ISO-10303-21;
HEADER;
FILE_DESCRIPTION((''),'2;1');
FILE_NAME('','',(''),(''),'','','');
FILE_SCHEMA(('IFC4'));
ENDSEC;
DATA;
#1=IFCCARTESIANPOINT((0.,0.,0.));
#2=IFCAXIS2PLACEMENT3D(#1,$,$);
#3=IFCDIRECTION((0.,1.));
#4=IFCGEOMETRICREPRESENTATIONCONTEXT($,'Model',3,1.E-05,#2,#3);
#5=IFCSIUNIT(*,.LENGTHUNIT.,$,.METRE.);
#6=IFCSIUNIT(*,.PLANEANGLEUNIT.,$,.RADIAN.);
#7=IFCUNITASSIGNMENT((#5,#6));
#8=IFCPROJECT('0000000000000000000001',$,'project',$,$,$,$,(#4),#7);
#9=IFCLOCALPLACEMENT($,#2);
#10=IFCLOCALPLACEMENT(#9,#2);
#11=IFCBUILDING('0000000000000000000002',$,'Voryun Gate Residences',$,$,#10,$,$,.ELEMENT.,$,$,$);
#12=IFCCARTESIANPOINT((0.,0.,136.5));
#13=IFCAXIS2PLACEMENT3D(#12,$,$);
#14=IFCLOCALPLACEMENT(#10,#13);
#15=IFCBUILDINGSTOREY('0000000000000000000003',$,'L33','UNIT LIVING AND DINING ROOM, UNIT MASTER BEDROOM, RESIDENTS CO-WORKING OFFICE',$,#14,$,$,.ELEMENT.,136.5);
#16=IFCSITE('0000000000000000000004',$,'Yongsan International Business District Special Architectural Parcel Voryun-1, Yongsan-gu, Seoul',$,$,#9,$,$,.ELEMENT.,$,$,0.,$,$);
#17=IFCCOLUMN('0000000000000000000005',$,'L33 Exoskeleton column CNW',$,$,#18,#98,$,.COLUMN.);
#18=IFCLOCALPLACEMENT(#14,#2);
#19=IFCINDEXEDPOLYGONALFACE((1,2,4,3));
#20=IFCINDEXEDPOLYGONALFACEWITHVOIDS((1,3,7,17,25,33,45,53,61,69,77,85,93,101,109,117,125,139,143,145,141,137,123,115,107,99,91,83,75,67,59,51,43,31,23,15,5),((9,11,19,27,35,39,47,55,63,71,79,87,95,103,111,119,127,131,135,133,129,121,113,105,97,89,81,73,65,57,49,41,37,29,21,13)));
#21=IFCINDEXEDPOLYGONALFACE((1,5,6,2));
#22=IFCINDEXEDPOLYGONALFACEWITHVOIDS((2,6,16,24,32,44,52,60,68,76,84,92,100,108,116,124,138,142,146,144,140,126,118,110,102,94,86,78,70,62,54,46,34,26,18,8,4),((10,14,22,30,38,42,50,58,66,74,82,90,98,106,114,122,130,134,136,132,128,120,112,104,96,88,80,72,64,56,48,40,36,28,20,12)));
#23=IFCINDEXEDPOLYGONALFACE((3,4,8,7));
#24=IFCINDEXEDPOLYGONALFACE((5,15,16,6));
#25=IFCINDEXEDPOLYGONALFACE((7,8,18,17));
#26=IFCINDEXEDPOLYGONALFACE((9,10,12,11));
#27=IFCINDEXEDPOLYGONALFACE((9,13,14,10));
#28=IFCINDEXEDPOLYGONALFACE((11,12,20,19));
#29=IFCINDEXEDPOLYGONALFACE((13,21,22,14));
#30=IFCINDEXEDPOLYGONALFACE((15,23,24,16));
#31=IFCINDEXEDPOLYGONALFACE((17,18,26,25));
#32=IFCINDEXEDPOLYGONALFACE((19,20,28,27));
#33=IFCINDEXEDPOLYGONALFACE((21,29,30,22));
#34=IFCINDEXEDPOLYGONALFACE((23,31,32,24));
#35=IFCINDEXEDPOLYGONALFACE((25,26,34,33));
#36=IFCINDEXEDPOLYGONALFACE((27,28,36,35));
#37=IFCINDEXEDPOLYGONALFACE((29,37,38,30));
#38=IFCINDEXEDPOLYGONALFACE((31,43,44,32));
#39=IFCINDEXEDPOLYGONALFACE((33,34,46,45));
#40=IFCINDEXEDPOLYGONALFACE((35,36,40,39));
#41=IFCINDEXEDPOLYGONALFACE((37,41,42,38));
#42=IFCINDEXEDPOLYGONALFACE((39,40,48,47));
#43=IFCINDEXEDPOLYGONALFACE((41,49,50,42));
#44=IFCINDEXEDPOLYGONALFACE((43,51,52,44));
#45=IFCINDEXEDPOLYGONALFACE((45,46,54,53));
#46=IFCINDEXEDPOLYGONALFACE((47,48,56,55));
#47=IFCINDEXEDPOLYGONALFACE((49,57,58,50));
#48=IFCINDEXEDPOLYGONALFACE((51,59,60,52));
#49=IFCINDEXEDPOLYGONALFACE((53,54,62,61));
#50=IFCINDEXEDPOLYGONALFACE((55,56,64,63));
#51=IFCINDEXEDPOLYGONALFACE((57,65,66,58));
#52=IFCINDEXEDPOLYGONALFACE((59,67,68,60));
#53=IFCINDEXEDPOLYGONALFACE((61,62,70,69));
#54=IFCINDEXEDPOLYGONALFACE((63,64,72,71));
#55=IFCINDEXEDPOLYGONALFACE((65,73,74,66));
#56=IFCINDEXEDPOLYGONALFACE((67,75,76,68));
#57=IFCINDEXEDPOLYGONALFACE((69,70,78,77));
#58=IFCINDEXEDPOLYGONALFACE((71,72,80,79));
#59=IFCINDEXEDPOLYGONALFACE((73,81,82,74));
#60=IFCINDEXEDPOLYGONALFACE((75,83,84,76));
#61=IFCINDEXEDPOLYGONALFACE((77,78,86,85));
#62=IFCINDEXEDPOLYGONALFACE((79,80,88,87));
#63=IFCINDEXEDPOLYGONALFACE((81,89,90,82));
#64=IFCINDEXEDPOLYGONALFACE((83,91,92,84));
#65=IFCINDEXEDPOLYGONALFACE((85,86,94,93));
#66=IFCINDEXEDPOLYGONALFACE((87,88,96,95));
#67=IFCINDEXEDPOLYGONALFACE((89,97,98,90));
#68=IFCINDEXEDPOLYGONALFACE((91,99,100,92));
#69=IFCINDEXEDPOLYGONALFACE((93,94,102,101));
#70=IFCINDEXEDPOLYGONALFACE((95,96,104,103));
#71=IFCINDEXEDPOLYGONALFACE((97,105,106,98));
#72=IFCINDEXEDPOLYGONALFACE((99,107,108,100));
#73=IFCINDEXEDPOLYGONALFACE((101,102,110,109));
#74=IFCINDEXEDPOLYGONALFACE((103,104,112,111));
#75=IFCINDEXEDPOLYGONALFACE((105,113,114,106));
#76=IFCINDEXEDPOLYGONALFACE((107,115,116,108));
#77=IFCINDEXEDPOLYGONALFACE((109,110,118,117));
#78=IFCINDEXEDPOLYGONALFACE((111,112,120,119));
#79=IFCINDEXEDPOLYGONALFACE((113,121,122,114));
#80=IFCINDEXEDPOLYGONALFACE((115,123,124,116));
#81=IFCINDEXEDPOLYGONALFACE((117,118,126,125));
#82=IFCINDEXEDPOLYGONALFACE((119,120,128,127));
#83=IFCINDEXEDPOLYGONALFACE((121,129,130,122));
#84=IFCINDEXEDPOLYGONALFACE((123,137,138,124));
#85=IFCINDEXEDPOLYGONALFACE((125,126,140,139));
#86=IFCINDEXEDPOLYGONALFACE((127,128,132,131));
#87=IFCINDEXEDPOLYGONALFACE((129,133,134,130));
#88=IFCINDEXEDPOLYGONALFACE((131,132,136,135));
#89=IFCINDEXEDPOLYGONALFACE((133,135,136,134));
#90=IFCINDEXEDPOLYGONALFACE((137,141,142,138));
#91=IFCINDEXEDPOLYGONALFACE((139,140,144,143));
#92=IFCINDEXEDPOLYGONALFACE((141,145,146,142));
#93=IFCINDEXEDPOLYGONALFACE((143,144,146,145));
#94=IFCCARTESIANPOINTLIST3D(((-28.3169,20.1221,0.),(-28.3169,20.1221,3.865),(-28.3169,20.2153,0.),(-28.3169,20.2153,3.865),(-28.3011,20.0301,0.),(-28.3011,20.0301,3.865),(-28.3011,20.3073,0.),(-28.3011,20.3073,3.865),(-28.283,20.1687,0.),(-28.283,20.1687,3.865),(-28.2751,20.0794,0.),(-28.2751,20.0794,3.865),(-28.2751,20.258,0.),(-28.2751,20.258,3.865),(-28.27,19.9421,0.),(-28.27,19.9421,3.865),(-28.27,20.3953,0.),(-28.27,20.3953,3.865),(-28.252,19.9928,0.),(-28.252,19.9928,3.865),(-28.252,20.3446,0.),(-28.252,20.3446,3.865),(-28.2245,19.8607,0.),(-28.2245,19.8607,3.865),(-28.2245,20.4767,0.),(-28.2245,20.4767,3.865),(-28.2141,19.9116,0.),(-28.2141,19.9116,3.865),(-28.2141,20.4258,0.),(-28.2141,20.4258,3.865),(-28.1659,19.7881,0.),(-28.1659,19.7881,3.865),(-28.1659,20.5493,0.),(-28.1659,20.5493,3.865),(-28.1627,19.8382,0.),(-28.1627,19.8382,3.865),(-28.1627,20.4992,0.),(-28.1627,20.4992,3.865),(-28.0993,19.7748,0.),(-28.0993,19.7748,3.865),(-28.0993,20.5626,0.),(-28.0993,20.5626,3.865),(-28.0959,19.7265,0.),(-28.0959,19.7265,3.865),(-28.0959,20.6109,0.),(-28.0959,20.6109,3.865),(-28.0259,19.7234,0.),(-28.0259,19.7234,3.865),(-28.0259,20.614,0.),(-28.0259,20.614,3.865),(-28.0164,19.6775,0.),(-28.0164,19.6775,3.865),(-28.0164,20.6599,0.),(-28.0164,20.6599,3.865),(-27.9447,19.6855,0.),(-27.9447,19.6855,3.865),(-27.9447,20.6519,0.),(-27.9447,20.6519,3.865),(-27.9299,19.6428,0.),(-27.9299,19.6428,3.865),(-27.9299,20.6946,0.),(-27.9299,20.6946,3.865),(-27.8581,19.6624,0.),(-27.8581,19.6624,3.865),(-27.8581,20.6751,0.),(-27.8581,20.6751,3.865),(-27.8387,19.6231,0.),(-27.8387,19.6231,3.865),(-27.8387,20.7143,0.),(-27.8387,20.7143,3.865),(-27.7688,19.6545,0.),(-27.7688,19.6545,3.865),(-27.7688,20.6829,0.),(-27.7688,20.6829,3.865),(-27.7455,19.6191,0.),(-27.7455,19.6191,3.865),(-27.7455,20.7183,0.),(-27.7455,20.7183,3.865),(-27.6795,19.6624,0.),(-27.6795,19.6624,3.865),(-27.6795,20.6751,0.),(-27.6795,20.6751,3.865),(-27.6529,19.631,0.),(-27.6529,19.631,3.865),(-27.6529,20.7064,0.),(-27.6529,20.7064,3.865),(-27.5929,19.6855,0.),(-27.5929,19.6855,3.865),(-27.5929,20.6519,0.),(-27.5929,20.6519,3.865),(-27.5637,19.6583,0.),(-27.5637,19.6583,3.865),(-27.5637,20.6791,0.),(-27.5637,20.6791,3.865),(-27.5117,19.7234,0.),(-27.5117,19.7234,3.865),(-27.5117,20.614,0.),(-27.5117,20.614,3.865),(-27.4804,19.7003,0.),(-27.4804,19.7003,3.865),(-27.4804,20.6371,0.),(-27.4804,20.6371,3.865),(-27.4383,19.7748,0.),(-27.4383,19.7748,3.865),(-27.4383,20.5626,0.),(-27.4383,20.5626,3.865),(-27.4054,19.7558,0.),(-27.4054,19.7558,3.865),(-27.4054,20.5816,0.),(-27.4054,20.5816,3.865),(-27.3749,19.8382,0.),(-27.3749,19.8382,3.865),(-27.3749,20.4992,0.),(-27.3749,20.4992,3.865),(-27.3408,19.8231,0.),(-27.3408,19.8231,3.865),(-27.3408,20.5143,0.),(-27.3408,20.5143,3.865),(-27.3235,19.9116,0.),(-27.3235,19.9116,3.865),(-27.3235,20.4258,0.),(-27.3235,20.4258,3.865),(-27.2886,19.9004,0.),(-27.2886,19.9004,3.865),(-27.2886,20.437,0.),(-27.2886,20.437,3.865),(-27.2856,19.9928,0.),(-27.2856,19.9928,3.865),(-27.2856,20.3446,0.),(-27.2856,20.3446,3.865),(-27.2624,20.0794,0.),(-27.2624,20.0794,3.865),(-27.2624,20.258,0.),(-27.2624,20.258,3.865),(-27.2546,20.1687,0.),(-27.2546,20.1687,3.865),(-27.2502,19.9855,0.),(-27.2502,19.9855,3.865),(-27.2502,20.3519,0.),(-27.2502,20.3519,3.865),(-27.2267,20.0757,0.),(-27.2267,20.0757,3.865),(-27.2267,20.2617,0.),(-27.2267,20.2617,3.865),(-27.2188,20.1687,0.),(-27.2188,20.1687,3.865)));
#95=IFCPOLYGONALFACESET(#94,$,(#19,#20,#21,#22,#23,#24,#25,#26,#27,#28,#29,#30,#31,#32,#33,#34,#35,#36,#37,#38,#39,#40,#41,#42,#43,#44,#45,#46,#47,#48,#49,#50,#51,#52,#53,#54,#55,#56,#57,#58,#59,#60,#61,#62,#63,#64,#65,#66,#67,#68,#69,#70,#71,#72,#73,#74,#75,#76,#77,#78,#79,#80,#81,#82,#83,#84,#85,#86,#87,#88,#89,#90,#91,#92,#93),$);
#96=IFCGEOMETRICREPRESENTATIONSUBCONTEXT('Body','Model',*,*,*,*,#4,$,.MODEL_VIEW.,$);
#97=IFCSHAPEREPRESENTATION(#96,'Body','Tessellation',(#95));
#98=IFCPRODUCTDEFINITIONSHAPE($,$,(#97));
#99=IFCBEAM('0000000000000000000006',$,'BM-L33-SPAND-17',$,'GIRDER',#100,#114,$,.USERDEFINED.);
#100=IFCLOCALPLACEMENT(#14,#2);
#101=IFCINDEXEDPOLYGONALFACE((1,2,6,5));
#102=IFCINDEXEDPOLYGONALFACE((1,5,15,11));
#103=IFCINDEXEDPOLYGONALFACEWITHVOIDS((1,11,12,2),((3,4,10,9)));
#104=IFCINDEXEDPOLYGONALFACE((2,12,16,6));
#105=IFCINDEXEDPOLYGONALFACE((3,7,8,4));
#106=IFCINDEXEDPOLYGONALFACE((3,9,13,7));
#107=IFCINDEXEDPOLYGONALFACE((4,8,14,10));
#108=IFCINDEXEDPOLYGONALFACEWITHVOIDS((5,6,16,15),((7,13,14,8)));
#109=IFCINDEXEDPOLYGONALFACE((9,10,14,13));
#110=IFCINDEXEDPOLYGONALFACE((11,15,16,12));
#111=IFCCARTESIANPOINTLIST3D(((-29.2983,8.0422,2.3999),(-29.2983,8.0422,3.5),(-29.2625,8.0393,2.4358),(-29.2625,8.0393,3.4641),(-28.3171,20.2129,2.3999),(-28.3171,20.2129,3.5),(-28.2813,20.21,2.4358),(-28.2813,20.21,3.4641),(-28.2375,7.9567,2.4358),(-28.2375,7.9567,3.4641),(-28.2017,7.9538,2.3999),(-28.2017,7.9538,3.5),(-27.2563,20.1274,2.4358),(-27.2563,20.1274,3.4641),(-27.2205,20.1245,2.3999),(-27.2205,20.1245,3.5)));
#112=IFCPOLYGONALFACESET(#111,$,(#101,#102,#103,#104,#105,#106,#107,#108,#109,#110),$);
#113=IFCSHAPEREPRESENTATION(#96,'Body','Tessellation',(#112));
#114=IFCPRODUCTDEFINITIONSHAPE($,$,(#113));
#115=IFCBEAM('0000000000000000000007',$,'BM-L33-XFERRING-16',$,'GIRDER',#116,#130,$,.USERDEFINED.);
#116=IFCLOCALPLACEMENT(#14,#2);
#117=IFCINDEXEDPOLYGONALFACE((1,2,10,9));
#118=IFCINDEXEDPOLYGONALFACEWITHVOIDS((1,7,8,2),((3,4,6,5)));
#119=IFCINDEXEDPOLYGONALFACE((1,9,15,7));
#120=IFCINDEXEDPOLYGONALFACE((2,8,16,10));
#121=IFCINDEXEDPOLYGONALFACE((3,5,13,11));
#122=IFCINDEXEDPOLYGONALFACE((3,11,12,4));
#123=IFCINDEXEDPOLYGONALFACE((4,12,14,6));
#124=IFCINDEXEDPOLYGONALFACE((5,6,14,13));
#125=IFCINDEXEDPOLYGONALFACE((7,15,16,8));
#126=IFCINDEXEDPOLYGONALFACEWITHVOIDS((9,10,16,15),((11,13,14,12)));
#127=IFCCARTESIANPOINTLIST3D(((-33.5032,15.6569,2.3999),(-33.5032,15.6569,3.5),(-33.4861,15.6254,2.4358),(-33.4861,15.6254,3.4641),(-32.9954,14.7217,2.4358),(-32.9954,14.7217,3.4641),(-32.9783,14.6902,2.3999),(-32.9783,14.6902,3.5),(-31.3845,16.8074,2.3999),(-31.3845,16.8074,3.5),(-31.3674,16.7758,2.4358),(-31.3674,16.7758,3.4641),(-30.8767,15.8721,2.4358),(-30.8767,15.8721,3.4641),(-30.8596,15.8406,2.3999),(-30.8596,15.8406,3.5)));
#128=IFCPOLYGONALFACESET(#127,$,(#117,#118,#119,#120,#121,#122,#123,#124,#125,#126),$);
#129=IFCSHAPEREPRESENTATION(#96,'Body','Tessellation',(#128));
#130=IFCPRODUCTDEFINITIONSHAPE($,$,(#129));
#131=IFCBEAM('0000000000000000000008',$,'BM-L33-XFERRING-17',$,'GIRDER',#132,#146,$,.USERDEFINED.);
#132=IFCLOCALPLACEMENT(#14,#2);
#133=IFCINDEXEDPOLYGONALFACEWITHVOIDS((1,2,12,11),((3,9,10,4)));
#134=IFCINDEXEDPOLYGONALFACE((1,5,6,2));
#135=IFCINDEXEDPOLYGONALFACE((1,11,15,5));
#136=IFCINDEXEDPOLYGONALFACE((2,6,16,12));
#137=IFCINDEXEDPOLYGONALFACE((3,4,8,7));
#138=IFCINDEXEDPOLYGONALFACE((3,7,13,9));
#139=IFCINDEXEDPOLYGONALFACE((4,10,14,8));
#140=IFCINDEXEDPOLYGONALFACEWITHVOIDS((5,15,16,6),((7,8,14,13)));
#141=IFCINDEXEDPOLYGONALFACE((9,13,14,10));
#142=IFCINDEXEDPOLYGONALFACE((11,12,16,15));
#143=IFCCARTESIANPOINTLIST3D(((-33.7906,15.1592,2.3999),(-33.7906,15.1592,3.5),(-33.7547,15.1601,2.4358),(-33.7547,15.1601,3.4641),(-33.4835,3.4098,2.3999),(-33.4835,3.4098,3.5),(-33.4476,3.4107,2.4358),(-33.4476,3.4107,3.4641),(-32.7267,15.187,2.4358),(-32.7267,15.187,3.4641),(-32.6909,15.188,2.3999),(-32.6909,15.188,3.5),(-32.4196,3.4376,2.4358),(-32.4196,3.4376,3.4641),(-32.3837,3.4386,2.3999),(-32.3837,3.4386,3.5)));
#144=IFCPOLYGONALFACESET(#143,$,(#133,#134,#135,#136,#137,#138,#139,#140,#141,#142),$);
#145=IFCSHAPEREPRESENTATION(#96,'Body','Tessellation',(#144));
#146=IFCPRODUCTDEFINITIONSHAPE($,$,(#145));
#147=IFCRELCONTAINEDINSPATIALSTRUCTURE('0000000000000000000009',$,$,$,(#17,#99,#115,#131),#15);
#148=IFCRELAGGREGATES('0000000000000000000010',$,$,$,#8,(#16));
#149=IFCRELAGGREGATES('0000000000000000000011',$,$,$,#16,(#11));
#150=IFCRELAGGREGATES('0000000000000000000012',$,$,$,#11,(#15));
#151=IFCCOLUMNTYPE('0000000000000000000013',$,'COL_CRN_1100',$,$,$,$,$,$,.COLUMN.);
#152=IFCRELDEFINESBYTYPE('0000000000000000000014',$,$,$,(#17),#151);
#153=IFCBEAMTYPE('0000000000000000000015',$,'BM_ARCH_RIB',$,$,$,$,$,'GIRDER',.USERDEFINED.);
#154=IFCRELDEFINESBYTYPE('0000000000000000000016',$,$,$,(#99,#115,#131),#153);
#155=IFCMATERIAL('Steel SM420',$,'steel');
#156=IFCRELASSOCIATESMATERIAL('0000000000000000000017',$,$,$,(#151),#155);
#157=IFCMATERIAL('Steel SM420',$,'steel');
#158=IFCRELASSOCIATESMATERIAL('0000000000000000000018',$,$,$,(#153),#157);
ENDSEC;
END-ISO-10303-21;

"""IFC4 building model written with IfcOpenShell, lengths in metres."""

from ifc_helpers import new_model, si_unit, direction, frame, origin, origin_2d, place, context, subcontext, project, spatial, hollow_rectangle, hollow_circle, extrude, material, material_profile, profile_set, type_object, element, save


model = new_model("IFC4")

# Units and contexts
model_context = context("Model", 3, precision=1e-05, world=origin(), true_north=direction((0.0, 1.0)))
body_context = subcontext(model_context, "Body", "Model", "MODEL_VIEW")
ifc_project = project(units=[si_unit("LENGTHUNIT", "METRE"), si_unit("PLANEANGLEUNIT", "RADIAN")], contexts=[model_context])

# Site, building, storey
site_placement = place(None, origin())
site = spatial("IfcSite", under=ifc_project, at=site_placement, Name="Yongsan International Business District Special Architectural Parcel Voryun-1, Yongsan-gu, Seoul", CompositionType="ELEMENT", RefElevation=0.0)
building_placement = place(site_placement, origin())
building = spatial("IfcBuilding", under=site, at=building_placement, Name="Voryun Gate Residences", CompositionType="ELEMENT")
storey_placement = place(building_placement, frame((0.0, 0.0, 136.5)))
storey = spatial("IfcBuildingStorey", under=building, at=storey_placement, Name="L33", Description="UNIT LIVING AND DINING ROOM, UNIT MASTER BEDROOM, RESIDENTS CO-WORKING OFFICE", CompositionType="ELEMENT", Elevation=136.5)

# Column
ifc_material_1 = material(Name="Steel SM420", Category="steel")
ifc_material_profile_1 = material_profile(ifc_material_1, hollow_circle(Radius=0.55, WallThickness=0.0359, at=origin_2d()), Name="CHS-1100x36")
ifc_profile_set_1 = profile_set([ifc_material_profile_1], Name="Steel SM420")
column_type = type_object("IfcColumnType", Name="COL_CRN_1100", PredefinedType="COLUMN", material=ifc_profile_set_1)
column_placement = place(storey_placement, frame((-27.7688, 20.1687, 0.0), z_axis=(0.0, 0.0, 1.0), x_axis=(1.0, 0.0, 0.0)))
element("IfcColumn", 1, at=column_placement, inside=storey, type_object=column_type, Name="L33 Exoskeleton column CNW", PredefinedType="COLUMN", context=body_context, shape_type="SweptSolid", body=[
    extrude(hollow_circle(Radius=0.55, WallThickness=0.0359, at=origin_2d()), origin(), (0.0, 0.0, 1.0), 3.865),
])

# Beams
ifc_material_2 = material(Name="Steel SM420", Category="steel")
ifc_material_profile_2 = material_profile(ifc_material_2, hollow_rectangle(XDim=1.1001, YDim=1.1001, WallThickness=0.0359, at=origin_2d()), Name="BOX-1100x1100x36")
ifc_profile_set_2 = profile_set([ifc_material_profile_2], Name="Steel SM420")
beam_type = type_object("IfcBeamType", Name="BM_ARCH_RIB", ElementType="GIRDER", PredefinedType="USERDEFINED", material=ifc_profile_set_2)
beam_1_placement = place(storey_placement, frame((-27.7688, 20.1687, 2.95), z_axis=(-0.08036, -0.996766, 0.0), x_axis=(0.996766, -0.08036, 0.0)))
element("IfcBeam", 2, at=beam_1_placement, inside=storey, type_object=beam_type, Name="BM-L33-SPAND-17", ObjectType="GIRDER", PredefinedType="USERDEFINED", context=body_context, shape_type="SweptSolid", body=[
    extrude(hollow_rectangle(XDim=1.1001, YDim=1.1001, WallThickness=0.0359, at=origin_2d()), origin(), (0.0, 0.0, 1.0), 12.2102),
])
beam_2_placement = place(storey_placement, frame((-31.1221, 16.324, 2.95), z_axis=(-0.878807, -0.477177, 0.0), x_axis=(0.477177, -0.878807, 0.0)))
element("IfcBeam", 3, at=beam_2_placement, inside=storey, type_object=beam_type, Name="BM-L33-XFERRING-16", ObjectType="GIRDER", PredefinedType="USERDEFINED", context=body_context, shape_type="SweptSolid", body=[
    extrude(hollow_rectangle(XDim=1.1001, YDim=1.1001, WallThickness=0.0359, at=origin_2d()), origin(), (0.0, 0.0, 1.0), 2.4109),
])
beam_3_placement = place(storey_placement, frame((-33.2407, 15.1736, 2.95), z_axis=(0.026131, -0.999659, 0.0), x_axis=(0.999659, 0.026131, 0.0)))
element("IfcBeam", 4, at=beam_3_placement, inside=storey, type_object=beam_type, Name="BM-L33-XFERRING-17", ObjectType="GIRDER", PredefinedType="USERDEFINED", context=body_context, shape_type="SweptSolid", body=[
    extrude(hollow_rectangle(XDim=1.1001, YDim=1.1001, WallThickness=0.0359, at=origin_2d()), origin(), (0.0, 0.0, 1.0), 11.7534),
])

save(model, "model.ifc")
